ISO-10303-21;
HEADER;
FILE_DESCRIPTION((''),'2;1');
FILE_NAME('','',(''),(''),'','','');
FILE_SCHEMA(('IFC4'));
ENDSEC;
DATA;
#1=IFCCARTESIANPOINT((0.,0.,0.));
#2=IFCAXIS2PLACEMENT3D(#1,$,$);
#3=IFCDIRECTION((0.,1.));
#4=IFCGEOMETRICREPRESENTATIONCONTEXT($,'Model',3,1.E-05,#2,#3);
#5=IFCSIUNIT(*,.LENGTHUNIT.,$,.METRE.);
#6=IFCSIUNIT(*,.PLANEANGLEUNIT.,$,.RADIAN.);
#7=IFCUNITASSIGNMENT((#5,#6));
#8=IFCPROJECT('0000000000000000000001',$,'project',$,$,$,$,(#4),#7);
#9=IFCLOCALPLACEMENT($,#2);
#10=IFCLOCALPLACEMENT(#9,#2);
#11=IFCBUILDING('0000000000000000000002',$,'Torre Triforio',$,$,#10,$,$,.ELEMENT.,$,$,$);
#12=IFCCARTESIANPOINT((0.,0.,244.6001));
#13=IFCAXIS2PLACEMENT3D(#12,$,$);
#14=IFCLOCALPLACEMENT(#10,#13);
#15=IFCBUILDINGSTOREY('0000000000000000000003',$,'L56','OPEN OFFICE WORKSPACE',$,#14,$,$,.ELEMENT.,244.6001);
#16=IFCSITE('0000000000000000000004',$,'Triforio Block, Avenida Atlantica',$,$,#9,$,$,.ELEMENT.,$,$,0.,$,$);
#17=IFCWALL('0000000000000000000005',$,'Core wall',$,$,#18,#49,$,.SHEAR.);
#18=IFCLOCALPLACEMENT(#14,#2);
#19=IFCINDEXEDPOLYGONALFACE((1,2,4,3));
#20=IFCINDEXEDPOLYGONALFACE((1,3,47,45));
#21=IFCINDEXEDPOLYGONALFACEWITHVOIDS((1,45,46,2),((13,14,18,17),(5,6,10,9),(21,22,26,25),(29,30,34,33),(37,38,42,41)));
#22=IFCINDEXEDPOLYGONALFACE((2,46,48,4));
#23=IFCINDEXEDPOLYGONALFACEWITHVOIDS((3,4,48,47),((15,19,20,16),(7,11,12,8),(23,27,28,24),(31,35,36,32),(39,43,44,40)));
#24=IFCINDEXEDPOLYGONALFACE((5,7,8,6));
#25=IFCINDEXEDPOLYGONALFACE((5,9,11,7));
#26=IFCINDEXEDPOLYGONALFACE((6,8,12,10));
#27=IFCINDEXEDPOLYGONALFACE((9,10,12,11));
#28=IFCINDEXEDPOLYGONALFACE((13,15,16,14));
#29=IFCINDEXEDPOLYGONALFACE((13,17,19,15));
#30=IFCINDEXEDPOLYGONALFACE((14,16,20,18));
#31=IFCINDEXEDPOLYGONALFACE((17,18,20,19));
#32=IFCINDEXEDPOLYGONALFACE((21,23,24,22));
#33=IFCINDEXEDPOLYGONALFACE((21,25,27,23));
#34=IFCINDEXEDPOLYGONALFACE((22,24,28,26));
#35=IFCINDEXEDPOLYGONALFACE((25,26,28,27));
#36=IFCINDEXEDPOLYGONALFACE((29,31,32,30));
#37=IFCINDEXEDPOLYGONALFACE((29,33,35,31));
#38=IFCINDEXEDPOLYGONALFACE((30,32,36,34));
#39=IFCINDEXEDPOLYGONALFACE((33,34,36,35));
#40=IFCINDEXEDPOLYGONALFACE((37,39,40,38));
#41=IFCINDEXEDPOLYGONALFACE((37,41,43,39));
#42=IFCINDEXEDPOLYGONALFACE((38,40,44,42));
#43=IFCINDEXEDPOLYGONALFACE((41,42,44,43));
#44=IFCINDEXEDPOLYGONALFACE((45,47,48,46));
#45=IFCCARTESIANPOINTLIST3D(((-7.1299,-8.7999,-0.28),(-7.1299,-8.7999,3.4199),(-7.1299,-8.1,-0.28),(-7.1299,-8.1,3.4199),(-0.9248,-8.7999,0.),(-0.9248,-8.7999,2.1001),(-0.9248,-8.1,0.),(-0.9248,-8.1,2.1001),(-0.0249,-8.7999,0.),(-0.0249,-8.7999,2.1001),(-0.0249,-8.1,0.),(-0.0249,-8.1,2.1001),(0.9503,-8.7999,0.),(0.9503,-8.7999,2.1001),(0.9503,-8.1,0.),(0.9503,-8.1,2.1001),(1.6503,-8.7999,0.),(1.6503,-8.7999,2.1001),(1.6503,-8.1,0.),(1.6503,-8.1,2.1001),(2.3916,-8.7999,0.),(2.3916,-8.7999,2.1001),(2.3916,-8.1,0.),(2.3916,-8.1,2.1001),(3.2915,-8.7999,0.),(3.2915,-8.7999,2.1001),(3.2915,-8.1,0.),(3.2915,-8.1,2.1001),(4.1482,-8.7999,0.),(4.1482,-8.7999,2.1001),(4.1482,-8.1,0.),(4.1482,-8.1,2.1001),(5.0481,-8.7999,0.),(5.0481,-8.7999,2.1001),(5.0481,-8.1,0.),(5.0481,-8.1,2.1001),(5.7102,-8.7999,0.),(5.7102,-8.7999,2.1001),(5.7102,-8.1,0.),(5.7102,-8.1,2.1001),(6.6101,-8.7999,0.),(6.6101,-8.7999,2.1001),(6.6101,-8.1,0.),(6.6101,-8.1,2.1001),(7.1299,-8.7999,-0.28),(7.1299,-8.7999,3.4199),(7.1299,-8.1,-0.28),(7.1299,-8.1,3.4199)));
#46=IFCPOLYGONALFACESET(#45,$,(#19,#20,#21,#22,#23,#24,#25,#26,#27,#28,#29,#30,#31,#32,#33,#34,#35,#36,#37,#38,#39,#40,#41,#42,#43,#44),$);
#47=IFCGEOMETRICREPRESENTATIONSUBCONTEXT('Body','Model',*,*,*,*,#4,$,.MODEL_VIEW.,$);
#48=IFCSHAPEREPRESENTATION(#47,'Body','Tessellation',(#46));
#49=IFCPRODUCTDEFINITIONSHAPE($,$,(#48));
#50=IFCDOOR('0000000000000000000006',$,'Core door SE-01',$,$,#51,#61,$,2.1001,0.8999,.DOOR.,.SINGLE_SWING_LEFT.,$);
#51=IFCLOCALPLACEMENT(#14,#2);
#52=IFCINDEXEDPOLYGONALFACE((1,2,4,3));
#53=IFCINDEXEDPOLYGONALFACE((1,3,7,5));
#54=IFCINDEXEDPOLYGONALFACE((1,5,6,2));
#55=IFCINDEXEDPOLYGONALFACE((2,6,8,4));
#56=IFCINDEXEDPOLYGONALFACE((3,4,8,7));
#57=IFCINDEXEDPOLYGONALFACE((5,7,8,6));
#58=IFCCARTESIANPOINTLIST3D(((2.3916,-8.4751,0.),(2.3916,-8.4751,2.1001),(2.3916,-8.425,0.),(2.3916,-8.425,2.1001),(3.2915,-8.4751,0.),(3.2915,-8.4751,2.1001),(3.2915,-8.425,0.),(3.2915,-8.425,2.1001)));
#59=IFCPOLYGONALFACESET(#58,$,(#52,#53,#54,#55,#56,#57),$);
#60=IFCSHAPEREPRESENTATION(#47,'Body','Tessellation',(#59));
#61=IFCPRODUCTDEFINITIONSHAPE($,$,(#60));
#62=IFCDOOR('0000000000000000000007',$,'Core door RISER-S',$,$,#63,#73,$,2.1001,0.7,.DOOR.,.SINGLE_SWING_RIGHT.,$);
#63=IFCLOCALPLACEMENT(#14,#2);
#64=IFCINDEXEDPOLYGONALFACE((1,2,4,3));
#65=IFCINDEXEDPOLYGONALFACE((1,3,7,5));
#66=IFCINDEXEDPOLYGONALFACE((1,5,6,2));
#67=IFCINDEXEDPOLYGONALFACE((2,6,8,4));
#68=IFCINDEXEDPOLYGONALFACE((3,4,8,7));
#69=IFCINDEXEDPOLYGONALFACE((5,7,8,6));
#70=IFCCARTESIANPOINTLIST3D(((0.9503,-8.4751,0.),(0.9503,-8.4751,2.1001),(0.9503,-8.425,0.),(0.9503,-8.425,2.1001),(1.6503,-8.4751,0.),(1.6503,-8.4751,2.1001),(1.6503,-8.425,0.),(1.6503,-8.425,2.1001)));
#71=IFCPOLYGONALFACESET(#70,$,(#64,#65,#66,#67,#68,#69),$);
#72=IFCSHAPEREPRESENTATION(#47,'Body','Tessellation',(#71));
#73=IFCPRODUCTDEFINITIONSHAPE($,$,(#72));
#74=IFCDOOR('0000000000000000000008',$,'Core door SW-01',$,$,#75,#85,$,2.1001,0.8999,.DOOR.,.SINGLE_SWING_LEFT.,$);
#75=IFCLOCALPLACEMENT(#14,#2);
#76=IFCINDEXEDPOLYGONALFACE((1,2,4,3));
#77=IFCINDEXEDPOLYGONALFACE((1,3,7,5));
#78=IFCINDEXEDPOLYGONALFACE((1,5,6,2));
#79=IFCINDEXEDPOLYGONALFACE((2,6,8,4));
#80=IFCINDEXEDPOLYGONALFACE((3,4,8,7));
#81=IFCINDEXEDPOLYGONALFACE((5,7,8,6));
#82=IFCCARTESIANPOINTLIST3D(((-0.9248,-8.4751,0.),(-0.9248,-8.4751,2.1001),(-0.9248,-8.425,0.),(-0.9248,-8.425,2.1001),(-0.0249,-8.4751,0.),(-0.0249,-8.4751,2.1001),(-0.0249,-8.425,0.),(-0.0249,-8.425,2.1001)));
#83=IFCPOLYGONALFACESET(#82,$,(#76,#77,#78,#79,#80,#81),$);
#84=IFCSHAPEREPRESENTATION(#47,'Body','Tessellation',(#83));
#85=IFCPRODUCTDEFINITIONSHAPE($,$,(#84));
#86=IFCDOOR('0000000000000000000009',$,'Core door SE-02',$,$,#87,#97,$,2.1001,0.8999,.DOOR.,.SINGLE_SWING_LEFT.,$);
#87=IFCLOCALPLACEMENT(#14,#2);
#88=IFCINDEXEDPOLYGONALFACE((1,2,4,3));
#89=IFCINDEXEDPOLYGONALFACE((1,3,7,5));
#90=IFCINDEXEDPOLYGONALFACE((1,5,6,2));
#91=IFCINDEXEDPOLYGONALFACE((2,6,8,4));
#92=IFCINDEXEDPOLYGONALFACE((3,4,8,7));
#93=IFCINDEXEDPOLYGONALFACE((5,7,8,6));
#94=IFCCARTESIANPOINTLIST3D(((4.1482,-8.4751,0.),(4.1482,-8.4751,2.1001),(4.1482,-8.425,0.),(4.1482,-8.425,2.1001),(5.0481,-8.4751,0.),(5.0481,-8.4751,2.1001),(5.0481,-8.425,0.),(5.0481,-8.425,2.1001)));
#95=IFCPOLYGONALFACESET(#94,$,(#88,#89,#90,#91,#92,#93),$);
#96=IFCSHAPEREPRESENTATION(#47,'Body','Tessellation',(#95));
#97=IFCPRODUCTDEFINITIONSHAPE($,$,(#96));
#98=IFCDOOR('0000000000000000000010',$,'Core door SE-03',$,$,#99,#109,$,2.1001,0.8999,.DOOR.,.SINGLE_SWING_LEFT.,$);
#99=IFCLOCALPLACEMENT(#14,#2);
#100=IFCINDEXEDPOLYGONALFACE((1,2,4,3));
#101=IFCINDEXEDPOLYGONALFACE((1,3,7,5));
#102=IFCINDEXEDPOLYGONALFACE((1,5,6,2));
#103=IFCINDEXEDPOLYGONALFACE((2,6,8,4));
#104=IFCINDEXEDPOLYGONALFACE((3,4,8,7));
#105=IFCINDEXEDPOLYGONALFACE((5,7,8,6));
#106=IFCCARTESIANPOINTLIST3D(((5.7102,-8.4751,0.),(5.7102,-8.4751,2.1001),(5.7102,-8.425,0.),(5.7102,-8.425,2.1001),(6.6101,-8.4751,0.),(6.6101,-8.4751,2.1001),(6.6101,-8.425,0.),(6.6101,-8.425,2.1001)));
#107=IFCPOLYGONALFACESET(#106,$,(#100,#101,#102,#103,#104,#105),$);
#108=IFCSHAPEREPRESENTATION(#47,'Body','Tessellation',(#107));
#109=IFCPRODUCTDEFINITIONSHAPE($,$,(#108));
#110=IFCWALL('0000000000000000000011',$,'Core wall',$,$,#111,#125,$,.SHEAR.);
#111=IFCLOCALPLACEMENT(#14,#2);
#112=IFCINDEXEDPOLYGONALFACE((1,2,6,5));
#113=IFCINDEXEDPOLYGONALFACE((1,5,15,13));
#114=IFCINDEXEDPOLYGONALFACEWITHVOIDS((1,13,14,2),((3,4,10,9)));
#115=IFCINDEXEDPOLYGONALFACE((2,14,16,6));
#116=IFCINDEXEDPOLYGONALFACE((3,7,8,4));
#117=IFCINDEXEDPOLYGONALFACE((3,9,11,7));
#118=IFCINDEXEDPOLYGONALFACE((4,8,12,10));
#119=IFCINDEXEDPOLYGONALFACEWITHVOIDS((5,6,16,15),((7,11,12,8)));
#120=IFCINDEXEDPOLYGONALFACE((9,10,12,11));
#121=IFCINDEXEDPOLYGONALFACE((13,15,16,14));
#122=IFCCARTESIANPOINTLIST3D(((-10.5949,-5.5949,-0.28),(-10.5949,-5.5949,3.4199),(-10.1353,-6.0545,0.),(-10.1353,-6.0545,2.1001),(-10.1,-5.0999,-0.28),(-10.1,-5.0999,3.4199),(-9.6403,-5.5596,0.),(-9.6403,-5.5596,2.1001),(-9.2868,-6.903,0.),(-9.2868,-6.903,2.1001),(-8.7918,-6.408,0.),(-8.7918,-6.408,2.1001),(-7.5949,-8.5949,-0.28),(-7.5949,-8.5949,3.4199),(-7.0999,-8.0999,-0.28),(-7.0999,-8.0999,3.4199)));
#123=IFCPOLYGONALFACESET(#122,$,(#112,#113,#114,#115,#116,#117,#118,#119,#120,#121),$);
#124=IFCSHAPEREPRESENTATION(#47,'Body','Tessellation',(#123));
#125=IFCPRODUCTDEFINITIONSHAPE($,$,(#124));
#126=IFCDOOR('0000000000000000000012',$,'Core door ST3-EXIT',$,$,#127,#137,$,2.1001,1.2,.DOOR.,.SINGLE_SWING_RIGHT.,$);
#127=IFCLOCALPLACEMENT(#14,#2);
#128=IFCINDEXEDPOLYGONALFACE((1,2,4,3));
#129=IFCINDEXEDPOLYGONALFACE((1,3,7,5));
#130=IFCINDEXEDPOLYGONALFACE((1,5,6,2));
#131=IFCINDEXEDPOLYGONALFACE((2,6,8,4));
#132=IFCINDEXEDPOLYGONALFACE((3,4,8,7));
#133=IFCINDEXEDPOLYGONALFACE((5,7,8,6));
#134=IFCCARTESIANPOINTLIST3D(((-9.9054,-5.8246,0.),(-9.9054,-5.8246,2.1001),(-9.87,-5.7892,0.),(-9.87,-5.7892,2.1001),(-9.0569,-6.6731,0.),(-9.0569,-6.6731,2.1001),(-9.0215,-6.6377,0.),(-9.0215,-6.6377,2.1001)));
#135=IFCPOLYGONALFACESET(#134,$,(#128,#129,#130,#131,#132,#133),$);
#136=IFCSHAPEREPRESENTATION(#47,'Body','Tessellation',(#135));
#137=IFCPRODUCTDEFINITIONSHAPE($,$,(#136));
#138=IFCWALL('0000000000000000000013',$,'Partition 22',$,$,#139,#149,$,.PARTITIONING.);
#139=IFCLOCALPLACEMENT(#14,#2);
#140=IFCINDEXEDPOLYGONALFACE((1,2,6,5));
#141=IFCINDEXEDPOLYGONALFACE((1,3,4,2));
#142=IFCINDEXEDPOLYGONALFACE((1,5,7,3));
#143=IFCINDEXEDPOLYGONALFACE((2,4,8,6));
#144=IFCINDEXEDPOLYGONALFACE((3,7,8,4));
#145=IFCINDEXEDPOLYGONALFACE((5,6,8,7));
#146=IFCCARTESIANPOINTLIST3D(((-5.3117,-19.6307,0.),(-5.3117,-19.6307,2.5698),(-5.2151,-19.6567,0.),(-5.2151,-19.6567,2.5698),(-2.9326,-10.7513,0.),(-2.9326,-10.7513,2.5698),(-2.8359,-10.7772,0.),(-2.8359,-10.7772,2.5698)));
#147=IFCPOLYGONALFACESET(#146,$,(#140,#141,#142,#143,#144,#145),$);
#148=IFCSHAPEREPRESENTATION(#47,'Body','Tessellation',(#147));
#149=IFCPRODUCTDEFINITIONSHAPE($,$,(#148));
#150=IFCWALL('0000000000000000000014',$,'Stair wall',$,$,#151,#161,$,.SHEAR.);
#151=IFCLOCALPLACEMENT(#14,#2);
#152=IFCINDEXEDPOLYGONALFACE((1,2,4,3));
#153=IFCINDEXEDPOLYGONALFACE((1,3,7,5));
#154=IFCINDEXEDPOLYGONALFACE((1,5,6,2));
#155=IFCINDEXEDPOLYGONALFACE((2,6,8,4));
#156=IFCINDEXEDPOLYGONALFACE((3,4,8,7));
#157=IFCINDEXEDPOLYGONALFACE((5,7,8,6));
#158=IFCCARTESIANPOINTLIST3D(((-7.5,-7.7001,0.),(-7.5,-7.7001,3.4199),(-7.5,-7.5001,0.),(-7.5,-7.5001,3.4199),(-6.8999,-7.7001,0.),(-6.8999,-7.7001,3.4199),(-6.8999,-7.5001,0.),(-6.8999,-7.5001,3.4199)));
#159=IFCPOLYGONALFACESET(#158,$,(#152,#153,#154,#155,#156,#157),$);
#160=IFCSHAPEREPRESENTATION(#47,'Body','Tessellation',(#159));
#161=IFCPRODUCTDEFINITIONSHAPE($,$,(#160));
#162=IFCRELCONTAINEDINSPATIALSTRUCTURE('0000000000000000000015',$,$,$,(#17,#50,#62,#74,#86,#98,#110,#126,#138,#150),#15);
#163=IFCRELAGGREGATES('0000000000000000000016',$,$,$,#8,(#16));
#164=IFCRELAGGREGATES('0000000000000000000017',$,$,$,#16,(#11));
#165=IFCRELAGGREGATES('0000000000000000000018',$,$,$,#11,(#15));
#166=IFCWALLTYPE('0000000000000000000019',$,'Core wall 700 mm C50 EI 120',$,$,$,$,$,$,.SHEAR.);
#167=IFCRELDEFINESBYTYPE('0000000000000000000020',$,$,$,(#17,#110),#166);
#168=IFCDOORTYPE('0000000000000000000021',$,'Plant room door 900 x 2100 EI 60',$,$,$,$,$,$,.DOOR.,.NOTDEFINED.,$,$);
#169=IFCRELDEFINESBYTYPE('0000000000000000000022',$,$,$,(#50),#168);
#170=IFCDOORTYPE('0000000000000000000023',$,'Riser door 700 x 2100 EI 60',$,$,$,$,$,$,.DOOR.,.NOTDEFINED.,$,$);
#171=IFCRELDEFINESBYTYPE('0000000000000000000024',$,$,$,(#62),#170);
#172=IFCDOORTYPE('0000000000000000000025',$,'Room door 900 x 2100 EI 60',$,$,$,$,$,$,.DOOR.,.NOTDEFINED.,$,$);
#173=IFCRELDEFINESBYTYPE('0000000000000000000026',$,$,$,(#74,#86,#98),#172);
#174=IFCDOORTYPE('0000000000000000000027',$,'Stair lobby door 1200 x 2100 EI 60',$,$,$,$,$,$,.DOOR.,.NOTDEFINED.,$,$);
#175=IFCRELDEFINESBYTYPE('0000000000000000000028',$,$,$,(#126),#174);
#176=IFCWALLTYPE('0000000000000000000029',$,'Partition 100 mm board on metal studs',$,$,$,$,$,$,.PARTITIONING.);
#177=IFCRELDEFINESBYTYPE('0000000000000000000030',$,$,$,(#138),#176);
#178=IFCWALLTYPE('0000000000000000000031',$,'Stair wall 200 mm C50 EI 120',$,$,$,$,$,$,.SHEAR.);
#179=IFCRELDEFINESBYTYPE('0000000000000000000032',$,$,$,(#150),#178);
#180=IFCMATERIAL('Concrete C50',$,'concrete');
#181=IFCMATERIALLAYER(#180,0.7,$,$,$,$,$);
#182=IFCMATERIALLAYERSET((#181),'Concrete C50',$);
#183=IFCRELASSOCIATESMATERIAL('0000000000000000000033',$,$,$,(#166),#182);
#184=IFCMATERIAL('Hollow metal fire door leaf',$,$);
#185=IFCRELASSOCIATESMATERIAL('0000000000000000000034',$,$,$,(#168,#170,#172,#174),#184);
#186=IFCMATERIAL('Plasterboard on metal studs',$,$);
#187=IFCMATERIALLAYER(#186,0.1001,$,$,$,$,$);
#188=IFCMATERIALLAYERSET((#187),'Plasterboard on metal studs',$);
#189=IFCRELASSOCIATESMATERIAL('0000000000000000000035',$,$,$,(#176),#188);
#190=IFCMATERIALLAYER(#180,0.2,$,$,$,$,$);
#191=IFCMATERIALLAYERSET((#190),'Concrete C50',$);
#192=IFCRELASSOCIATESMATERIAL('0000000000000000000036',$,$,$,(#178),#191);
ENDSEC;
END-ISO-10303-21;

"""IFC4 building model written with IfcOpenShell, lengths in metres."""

from ifc_helpers import new_model, si_unit, direction, frame, frame_2d, origin, place, context, subcontext, project, spatial, rectangle, extrude, material, layer, layer_set, type_object, element, fill, save


model = new_model("IFC4")

# Units and contexts
model_context = context("Model", 3, precision=1e-05, world=origin(), true_north=direction((0.0, 1.0)))
body_context = subcontext(model_context, "Body", "Model", "MODEL_VIEW")
ifc_project = project(units=[si_unit("LENGTHUNIT", "METRE"), si_unit("PLANEANGLEUNIT", "RADIAN")], contexts=[model_context])

# Site, building, storey
site_placement = place(None, origin())
site = spatial("IfcSite", under=ifc_project, at=site_placement, Name="Triforio Block, Avenida Atlantica", CompositionType="ELEMENT", RefElevation=0.0)
building_placement = place(site_placement, origin())
building = spatial("IfcBuilding", under=site, at=building_placement, Name="Torre Triforio", CompositionType="ELEMENT")
storey_placement = place(building_placement, frame((0.0, 0.0, 244.6001)))
storey = spatial("IfcBuildingStorey", under=building, at=storey_placement, Name="L56", Description="OPEN OFFICE WORKSPACE", CompositionType="ELEMENT", Elevation=244.6001)

# Shared definitions
ifc_material_1 = material(Name="Concrete C50", Category="concrete")

# Wall, openings, doors
ifc_layer_1 = layer(ifc_material_1, 0.7)
ifc_layer_set_1 = layer_set([ifc_layer_1], Name="Concrete C50")
wall_type_1 = type_object("IfcWallType", Name="Core wall 700 mm C50 EI 120", PredefinedType="SHEAR", material=ifc_layer_set_1)
wall_1_placement = place(storey_placement, frame((-7.1299, -8.45, -0.28), z_axis=(0.0, 0.0, 1.0), x_axis=(1.0, 0.0, 0.0)))
wall_1 = element("IfcWall", 1, at=wall_1_placement, inside=storey, type_object=wall_type_1, Name="Core wall", PredefinedType="SHEAR", context=body_context, shape_type="SweptSolid", body=[
    extrude(rectangle(XDim=14.2598, YDim=0.7, at=frame_2d((7.1299, 0.0))), origin(), (0.0, 0.0, 1.0), 3.7),
])
opening_1_placement = place(wall_1_placement, frame((8.0801, 0.0, 0.28)))
opening_1 = element("IfcOpeningElement", 2, at=opening_1_placement, cuts=wall_1, PredefinedType="OPENING", context=body_context, shape_type="SweptSolid", body=[
    extrude(rectangle(XDim=0.7, YDim=2.1001, at=frame_2d((0.3501, 1.05))), frame((0.0, 0.3599, 0.0), z_axis=(0.0, -1.0, 0.0), x_axis=(1.0, 0.0, 0.0)), (0.0, 0.0, 1.0), 0.72),
])
opening_2_placement = place(wall_1_placement, frame((6.2051, 0.0, 0.28)))
opening_2 = element("IfcOpeningElement", 3, at=opening_2_placement, cuts=wall_1, PredefinedType="OPENING", context=body_context, shape_type="SweptSolid", body=[
    extrude(rectangle(XDim=0.8999, YDim=2.1001, at=frame_2d((0.45, 1.05))), frame((0.0, 0.3599, 0.0), z_axis=(0.0, -1.0, 0.0), x_axis=(1.0, 0.0, 0.0)), (0.0, 0.0, 1.0), 0.72),
])
opening_3_placement = place(wall_1_placement, frame((9.5215, 0.0, 0.28)))
opening_3 = element("IfcOpeningElement", 4, at=opening_3_placement, cuts=wall_1, PredefinedType="OPENING", context=body_context, shape_type="SweptSolid", body=[
    extrude(rectangle(XDim=0.8999, YDim=2.1001, at=frame_2d((0.45, 1.05))), frame((0.0, 0.3599, 0.0), z_axis=(0.0, -1.0, 0.0), x_axis=(1.0, 0.0, 0.0)), (0.0, 0.0, 1.0), 0.72),
])
opening_4_placement = place(wall_1_placement, frame((11.2781, 0.0, 0.28)))
opening_4 = element("IfcOpeningElement", 5, at=opening_4_placement, cuts=wall_1, PredefinedType="OPENING", context=body_context, shape_type="SweptSolid", body=[
    extrude(rectangle(XDim=0.8999, YDim=2.1001, at=frame_2d((0.45, 1.05))), frame((0.0, 0.3599, 0.0), z_axis=(0.0, -1.0, 0.0), x_axis=(1.0, 0.0, 0.0)), (0.0, 0.0, 1.0), 0.72),
])
opening_5_placement = place(wall_1_placement, frame((12.8401, 0.0, 0.28)))
opening_5 = element("IfcOpeningElement", 6, at=opening_5_placement, cuts=wall_1, PredefinedType="OPENING", context=body_context, shape_type="SweptSolid", body=[
    extrude(rectangle(XDim=0.8999, YDim=2.1001, at=frame_2d((0.45, 1.05))), frame((0.0, 0.3599, 0.0), z_axis=(0.0, -1.0, 0.0), x_axis=(1.0, 0.0, 0.0)), (0.0, 0.0, 1.0), 0.72),
])
ifc_material_2 = material(Name="Hollow metal fire door leaf")
door_type_1 = type_object("IfcDoorType", Name="Plant room door 900 x 2100 EI 60", OperationType="NOTDEFINED", PredefinedType="DOOR", material=ifc_material_2)
door_1_placement = place(opening_3_placement, origin())
door_1 = element("IfcDoor", 7, at=door_1_placement, inside=storey, type_object=door_type_1, Name="Core door SE-01", OperationType="SINGLE_SWING_LEFT", OverallHeight=2.1001, OverallWidth=0.8999, PredefinedType="DOOR", context=body_context, shape_type="SweptSolid", body=[
    extrude(rectangle(XDim=0.8999, YDim=2.1001, at=frame_2d((0.45, 1.05))), frame((0.0, 0.0249, 0.0), z_axis=(0.0, -1.0, 0.0), x_axis=(1.0, 0.0, 0.0)), (0.0, 0.0, 1.0), 0.05),
])
fill(opening_3, door_1)
door_type_2 = type_object("IfcDoorType", Name="Riser door 700 x 2100 EI 60", OperationType="NOTDEFINED", PredefinedType="DOOR", material=ifc_material_2)
door_2_placement = place(opening_1_placement, origin())
door_2 = element("IfcDoor", 8, at=door_2_placement, inside=storey, type_object=door_type_2, Name="Core door RISER-S", OperationType="SINGLE_SWING_RIGHT", OverallHeight=2.1001, OverallWidth=0.7, PredefinedType="DOOR", context=body_context, shape_type="SweptSolid", body=[
    extrude(rectangle(XDim=0.7, YDim=2.1001, at=frame_2d((0.3501, 1.05))), frame((0.0, 0.0249, 0.0), z_axis=(0.0, -1.0, 0.0), x_axis=(1.0, 0.0, 0.0)), (0.0, 0.0, 1.0), 0.05),
])
fill(opening_1, door_2)
door_type_3 = type_object("IfcDoorType", Name="Room door 900 x 2100 EI 60", OperationType="NOTDEFINED", PredefinedType="DOOR", material=ifc_material_2)
door_3_placement = place(opening_2_placement, origin())
door_3 = element("IfcDoor", 9, at=door_3_placement, inside=storey, type_object=door_type_3, Name="Core door SW-01", OperationType="SINGLE_SWING_LEFT", OverallHeight=2.1001, OverallWidth=0.8999, PredefinedType="DOOR", context=body_context, shape_type="SweptSolid", body=[
    extrude(rectangle(XDim=0.8999, YDim=2.1001, at=frame_2d((0.45, 1.05))), frame((0.0, 0.0249, 0.0), z_axis=(0.0, -1.0, 0.0), x_axis=(1.0, 0.0, 0.0)), (0.0, 0.0, 1.0), 0.05),
])
fill(opening_2, door_3)
door_4_placement = place(opening_4_placement, origin())
door_4 = element("IfcDoor", 10, at=door_4_placement, inside=storey, type_object=door_type_3, Name="Core door SE-02", OperationType="SINGLE_SWING_LEFT", OverallHeight=2.1001, OverallWidth=0.8999, PredefinedType="DOOR", context=body_context, shape_type="SweptSolid", body=[
    extrude(rectangle(XDim=0.8999, YDim=2.1001, at=frame_2d((0.45, 1.05))), frame((0.0, 0.0249, 0.0), z_axis=(0.0, -1.0, 0.0), x_axis=(1.0, 0.0, 0.0)), (0.0, 0.0, 1.0), 0.05),
])
fill(opening_4, door_4)
door_5_placement = place(opening_5_placement, origin())
door_5 = element("IfcDoor", 11, at=door_5_placement, inside=storey, type_object=door_type_3, Name="Core door SE-03", OperationType="SINGLE_SWING_LEFT", OverallHeight=2.1001, OverallWidth=0.8999, PredefinedType="DOOR", context=body_context, shape_type="SweptSolid", body=[
    extrude(rectangle(XDim=0.8999, YDim=2.1001, at=frame_2d((0.45, 1.05))), frame((0.0, 0.0249, 0.0), z_axis=(0.0, -1.0, 0.0), x_axis=(1.0, 0.0, 0.0)), (0.0, 0.0, 1.0), 0.05),
])
fill(opening_5, door_5)

# Wall, opening, door
wall_2_placement = place(storey_placement, frame((-7.3474, -8.3474, -0.28), z_axis=(0.0, 0.0, 1.0), x_axis=(-0.707107, 0.707107, 0.0)))
wall_2 = element("IfcWall", 12, at=wall_2_placement, inside=storey, type_object=wall_type_1, Name="Core wall", PredefinedType="SHEAR", context=body_context, shape_type="SweptSolid", body=[
    extrude(rectangle(XDim=4.2427, YDim=0.7, at=frame_2d((2.1213, 0.0))), origin(), (0.0, 0.0, 1.0), 3.7),
])
opening_6_placement = place(wall_2_placement, frame((2.3926, 0.0, 0.28)))
opening_6 = element("IfcOpeningElement", 13, at=opening_6_placement, cuts=wall_2, PredefinedType="OPENING", context=body_context, shape_type="SweptSolid", body=[
    extrude(rectangle(XDim=1.2, YDim=2.1001, at=frame_2d((0.6001, 1.05))), frame((0.0, 0.3599, 0.0), z_axis=(0.0, -1.0, 0.0), x_axis=(1.0, 0.0, 0.0)), (0.0, 0.0, 1.0), 0.72),
])
door_type_4 = type_object("IfcDoorType", Name="Stair lobby door 1200 x 2100 EI 60", OperationType="NOTDEFINED", PredefinedType="DOOR", material=ifc_material_2)
door_6_placement = place(opening_6_placement, origin())
door_6 = element("IfcDoor", 14, at=door_6_placement, inside=storey, type_object=door_type_4, Name="Core door ST3-EXIT", OperationType="SINGLE_SWING_RIGHT", OverallHeight=2.1001, OverallWidth=1.2, PredefinedType="DOOR", context=body_context, shape_type="SweptSolid", body=[
    extrude(rectangle(XDim=1.2, YDim=2.1001, at=frame_2d((0.6001, 1.05))), frame((0.0, 0.0249, 0.0), z_axis=(0.0, -1.0, 0.0), x_axis=(1.0, 0.0, 0.0)), (0.0, 0.0, 1.0), 0.05),
])
fill(opening_6, door_6)

# Walls
ifc_material_3 = material(Name="Plasterboard on metal studs")
ifc_layer_2 = layer(ifc_material_3, 0.1001)
ifc_layer_set_2 = layer_set([ifc_layer_2], Name="Plasterboard on metal studs")
wall_type_2 = type_object("IfcWallType", Name="Partition 100 mm board on metal studs", PredefinedType="PARTITIONING", material=ifc_layer_set_2)
wall_3_placement = place(storey_placement, frame((-2.8843, -10.7644, 0.0), z_axis=(0.0, 0.0, 1.0), x_axis=(-0.258811, -0.965928, 0.0)))
element("IfcWall", 15, at=wall_3_placement, inside=storey, type_object=wall_type_2, Name="Partition 22", PredefinedType="PARTITIONING", context=body_context, shape_type="SweptSolid", body=[
    extrude(rectangle(XDim=9.1926, YDim=0.1001, at=frame_2d((4.5962, 0.0))), origin(), (0.0, 0.0, 1.0), 2.5698),
])
ifc_layer_3 = layer(ifc_material_1, 0.2)
ifc_layer_set_3 = layer_set([ifc_layer_3], Name="Concrete C50")
wall_type_3 = type_object("IfcWallType", Name="Stair wall 200 mm C50 EI 120", PredefinedType="SHEAR", material=ifc_layer_set_3)
wall_4_placement = place(storey_placement, frame((-7.5, -7.6001, 0.0), z_axis=(0.0, 0.0, 1.0), x_axis=(1.0, 0.0, 0.0)))
element("IfcWall", 16, at=wall_4_placement, inside=storey, type_object=wall_type_3, Name="Stair wall", PredefinedType="SHEAR", context=body_context, shape_type="SweptSolid", body=[
    extrude(rectangle(XDim=0.6001, YDim=0.2, at=frame_2d((0.3, 0.0))), origin(), (0.0, 0.0, 1.0), 3.4199),
])

save(model, "model.ifc")
